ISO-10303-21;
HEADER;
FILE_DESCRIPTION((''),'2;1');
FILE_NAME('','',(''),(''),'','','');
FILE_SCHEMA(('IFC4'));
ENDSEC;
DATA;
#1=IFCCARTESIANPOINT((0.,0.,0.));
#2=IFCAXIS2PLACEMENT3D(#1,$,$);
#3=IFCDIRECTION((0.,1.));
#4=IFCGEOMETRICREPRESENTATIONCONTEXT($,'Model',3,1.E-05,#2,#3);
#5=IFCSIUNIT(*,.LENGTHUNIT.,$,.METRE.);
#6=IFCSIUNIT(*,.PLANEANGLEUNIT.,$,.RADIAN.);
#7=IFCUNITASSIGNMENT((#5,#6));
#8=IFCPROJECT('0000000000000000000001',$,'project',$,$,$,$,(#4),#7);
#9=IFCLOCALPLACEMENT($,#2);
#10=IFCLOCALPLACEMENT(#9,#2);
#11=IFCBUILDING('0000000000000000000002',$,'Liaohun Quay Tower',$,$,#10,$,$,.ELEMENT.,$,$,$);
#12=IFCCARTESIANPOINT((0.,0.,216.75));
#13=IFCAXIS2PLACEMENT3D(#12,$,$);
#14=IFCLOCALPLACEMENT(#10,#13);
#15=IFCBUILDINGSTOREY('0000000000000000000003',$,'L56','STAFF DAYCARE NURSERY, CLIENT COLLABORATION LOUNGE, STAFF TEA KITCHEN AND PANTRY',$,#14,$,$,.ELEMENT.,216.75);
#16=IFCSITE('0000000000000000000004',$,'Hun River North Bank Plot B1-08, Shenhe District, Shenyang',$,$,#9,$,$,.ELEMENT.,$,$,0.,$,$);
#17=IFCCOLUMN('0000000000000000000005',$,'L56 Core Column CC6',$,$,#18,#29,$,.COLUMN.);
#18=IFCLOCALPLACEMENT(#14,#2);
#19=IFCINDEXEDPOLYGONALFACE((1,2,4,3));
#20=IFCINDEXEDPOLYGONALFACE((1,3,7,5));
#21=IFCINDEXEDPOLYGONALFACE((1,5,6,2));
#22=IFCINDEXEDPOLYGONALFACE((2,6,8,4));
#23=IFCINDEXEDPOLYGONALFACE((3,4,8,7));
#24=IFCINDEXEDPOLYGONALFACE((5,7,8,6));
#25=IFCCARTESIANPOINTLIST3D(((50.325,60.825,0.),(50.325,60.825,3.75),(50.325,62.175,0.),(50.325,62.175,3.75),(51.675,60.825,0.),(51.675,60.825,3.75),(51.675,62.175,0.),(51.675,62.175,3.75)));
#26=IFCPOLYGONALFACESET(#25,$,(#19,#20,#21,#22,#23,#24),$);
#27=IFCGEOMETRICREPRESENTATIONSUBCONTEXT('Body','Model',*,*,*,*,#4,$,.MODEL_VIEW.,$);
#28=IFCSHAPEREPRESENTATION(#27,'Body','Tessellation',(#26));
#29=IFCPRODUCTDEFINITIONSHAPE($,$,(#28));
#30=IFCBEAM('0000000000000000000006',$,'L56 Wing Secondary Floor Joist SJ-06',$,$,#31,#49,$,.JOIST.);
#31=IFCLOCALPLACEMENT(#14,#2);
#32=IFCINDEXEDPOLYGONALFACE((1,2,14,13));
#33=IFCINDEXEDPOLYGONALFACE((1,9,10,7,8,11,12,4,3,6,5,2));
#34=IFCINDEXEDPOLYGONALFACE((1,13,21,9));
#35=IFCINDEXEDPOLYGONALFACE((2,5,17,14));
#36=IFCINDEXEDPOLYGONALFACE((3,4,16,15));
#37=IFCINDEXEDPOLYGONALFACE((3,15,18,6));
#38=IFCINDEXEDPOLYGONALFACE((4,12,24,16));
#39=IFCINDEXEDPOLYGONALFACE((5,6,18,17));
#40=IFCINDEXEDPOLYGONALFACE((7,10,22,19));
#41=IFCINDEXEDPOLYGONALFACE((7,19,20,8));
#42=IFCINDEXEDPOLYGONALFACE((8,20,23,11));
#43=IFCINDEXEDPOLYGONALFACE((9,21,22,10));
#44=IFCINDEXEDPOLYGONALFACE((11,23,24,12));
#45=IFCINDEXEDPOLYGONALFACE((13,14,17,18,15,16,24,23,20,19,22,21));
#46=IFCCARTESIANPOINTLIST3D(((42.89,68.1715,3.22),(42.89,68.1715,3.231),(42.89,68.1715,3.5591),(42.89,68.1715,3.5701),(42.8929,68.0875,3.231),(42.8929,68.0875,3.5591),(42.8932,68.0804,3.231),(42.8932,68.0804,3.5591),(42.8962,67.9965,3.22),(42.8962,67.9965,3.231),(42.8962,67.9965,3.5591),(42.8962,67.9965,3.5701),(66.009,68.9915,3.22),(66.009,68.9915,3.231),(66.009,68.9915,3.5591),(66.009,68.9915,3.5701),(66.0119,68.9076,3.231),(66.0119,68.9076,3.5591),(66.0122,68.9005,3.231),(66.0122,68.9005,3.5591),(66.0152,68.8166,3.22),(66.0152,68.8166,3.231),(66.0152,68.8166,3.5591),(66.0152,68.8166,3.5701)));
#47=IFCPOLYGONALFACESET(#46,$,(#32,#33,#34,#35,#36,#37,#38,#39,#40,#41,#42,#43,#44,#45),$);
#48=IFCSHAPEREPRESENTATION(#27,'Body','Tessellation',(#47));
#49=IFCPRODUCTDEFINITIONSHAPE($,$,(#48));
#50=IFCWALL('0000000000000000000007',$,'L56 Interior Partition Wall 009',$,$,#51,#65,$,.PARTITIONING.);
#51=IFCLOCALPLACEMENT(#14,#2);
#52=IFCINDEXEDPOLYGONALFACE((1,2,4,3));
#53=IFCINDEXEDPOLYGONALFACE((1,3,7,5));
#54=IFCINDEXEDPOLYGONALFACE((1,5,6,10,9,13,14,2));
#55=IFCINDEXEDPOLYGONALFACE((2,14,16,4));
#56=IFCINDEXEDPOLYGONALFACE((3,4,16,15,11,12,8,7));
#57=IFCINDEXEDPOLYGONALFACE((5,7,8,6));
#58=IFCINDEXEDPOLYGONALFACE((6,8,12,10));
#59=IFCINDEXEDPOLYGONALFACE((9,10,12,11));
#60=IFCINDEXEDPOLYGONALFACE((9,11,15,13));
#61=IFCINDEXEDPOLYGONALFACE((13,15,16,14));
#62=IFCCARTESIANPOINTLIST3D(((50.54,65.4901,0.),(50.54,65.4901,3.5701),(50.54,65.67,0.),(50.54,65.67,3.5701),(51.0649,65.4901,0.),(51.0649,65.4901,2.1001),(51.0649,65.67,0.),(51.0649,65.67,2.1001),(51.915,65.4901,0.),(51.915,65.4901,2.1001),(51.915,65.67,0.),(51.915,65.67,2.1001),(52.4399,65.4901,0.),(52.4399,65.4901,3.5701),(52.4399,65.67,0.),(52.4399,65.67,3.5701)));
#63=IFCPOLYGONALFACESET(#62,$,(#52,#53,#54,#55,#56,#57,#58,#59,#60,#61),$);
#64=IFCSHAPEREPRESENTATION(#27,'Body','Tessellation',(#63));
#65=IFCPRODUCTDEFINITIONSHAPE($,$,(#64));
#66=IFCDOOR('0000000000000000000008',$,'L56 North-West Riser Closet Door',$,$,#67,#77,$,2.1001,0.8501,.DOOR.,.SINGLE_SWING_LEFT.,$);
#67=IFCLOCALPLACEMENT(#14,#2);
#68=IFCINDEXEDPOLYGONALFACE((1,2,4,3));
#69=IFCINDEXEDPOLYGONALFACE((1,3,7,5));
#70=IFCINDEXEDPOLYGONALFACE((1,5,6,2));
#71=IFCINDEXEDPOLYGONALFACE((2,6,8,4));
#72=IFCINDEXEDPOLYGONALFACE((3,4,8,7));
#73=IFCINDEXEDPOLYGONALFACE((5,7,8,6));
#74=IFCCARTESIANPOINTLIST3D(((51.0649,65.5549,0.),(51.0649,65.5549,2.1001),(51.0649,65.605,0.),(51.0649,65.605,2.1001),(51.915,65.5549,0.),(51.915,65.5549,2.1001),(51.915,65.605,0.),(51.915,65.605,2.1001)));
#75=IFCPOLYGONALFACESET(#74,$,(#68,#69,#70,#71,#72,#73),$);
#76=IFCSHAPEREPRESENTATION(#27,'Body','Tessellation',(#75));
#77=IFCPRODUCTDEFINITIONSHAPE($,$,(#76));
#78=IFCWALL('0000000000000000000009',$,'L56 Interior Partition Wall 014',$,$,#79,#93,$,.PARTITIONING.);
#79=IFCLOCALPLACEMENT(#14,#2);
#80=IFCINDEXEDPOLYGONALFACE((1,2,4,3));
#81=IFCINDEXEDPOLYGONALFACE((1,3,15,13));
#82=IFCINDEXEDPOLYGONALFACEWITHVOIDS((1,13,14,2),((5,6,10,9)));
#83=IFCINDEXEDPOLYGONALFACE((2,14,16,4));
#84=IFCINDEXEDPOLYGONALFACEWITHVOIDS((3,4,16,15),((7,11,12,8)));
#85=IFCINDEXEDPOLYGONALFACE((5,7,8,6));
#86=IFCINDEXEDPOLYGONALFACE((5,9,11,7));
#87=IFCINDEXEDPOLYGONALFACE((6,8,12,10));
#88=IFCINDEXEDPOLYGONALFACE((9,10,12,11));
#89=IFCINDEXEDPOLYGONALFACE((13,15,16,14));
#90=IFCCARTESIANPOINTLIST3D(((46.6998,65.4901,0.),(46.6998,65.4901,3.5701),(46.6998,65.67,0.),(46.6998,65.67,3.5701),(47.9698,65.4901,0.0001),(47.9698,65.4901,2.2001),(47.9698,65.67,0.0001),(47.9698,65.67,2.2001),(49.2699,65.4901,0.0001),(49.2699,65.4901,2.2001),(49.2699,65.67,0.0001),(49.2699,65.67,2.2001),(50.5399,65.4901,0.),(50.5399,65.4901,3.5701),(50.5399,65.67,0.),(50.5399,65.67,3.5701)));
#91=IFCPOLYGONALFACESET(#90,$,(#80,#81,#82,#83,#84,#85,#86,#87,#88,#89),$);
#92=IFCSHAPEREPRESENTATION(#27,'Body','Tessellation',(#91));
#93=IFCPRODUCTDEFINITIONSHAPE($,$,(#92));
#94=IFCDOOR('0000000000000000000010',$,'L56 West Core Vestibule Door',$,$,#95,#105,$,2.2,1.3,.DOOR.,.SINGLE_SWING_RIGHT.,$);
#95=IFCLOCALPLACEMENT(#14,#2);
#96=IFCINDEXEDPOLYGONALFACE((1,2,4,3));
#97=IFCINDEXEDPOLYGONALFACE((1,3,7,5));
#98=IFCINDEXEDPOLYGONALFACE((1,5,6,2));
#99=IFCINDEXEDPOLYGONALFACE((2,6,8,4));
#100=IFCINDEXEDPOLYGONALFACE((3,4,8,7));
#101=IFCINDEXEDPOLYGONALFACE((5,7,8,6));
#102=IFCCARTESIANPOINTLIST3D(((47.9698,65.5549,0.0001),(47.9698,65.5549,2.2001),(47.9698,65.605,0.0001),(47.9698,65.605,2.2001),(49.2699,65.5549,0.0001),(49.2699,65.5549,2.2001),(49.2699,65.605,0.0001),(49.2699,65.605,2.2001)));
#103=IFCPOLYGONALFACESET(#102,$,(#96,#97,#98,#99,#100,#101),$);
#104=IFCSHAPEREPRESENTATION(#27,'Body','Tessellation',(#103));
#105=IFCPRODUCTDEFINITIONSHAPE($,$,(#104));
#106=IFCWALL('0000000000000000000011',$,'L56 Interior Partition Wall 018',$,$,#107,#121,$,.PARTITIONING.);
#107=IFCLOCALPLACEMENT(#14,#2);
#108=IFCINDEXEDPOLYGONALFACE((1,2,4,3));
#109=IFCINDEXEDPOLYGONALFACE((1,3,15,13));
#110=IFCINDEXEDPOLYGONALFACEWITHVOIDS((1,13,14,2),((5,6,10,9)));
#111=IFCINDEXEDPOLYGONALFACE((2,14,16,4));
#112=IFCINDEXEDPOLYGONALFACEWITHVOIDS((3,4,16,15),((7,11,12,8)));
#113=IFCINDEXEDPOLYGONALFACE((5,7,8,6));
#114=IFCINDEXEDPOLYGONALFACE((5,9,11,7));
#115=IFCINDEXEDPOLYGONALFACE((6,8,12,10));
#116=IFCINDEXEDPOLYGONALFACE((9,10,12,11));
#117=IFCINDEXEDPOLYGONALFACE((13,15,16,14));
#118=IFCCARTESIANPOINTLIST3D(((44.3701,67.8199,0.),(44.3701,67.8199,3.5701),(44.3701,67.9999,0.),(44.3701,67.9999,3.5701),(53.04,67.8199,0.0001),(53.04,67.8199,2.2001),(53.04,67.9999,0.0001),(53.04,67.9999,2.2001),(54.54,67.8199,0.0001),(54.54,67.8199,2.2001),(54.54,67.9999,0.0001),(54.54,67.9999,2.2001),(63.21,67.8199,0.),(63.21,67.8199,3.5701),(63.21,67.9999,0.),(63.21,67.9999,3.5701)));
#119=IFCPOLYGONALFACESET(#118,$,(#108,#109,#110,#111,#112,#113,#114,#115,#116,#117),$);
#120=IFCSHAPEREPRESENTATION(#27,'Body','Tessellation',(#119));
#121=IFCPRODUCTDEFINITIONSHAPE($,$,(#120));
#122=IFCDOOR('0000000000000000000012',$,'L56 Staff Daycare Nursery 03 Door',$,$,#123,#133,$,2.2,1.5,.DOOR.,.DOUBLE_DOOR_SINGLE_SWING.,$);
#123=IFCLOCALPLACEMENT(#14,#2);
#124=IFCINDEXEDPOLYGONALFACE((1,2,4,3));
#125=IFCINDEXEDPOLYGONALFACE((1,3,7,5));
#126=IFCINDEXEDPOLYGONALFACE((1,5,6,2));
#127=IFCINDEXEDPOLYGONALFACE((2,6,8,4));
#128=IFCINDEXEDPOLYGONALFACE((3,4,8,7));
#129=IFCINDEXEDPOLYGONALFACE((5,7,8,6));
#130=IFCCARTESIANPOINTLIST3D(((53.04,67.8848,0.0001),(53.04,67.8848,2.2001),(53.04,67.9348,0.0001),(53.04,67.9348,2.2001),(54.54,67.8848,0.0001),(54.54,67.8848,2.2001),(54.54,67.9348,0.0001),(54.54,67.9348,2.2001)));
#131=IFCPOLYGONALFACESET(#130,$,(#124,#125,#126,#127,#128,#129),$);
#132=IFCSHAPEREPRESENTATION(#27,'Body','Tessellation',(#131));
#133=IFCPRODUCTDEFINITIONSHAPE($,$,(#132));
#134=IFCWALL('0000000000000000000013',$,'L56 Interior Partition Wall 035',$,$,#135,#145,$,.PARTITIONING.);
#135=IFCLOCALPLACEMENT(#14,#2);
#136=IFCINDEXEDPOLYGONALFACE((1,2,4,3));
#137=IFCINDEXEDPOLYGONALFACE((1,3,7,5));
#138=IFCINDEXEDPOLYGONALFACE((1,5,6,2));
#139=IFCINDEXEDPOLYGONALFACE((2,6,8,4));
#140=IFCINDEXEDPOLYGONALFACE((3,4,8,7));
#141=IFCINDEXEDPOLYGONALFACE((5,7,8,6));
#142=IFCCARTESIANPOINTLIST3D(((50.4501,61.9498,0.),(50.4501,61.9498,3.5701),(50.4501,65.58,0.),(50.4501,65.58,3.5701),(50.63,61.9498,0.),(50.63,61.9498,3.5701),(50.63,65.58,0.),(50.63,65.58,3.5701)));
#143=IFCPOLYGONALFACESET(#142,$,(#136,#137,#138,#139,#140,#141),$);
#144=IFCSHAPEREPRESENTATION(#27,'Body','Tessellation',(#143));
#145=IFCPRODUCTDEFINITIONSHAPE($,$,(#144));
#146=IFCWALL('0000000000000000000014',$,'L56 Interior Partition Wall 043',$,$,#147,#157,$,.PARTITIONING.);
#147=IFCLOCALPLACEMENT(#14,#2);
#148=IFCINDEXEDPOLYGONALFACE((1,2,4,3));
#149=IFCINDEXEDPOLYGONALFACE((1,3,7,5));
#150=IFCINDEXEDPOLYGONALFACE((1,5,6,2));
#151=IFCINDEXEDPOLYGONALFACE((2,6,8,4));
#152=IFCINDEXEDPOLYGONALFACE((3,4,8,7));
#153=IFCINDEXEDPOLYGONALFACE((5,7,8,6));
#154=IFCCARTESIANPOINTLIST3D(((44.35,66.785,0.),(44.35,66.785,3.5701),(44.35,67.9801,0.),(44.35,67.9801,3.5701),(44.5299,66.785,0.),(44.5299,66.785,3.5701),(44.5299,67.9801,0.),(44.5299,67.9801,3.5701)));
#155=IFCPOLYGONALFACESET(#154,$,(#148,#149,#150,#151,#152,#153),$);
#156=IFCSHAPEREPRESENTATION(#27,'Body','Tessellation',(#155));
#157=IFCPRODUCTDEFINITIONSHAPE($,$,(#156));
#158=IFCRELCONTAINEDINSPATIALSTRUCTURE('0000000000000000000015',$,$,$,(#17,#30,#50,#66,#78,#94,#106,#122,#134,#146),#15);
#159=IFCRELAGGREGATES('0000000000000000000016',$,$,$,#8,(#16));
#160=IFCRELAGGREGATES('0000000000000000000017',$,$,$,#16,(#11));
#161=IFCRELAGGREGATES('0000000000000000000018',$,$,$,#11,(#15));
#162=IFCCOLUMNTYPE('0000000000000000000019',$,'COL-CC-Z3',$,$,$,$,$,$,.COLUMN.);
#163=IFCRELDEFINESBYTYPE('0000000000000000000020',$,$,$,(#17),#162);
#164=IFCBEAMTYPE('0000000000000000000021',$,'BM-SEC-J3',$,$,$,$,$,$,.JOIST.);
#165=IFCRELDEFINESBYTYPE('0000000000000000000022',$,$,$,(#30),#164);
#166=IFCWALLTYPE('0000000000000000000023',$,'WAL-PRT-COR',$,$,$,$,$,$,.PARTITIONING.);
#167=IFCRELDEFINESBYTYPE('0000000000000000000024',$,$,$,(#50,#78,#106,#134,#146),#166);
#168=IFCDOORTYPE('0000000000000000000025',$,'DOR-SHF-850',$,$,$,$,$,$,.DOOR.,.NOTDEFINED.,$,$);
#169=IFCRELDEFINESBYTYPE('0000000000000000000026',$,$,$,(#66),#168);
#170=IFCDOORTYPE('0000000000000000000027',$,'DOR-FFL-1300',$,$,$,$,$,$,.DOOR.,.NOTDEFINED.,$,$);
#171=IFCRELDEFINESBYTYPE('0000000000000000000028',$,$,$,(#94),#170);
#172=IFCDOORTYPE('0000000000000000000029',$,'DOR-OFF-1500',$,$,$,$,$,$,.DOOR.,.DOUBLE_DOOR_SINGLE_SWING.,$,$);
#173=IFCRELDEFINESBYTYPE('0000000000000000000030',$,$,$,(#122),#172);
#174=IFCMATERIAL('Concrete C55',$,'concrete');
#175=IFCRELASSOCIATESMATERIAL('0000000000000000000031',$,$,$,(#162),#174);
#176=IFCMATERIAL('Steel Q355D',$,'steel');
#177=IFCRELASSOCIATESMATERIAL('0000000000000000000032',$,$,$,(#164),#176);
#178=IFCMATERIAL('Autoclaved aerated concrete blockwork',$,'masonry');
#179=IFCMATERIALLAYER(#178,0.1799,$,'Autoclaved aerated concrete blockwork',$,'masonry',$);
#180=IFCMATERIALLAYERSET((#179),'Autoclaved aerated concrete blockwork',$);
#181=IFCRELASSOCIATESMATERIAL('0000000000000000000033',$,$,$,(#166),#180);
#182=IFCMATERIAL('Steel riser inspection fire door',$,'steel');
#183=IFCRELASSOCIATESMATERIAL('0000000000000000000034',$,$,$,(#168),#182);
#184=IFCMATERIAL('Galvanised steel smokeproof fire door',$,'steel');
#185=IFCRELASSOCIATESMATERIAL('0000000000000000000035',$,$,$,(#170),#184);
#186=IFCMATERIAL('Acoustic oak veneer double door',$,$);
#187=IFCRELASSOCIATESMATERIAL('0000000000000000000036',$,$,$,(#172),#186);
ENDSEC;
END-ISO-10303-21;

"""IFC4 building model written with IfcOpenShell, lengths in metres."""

from ifc_helpers import new_model, si_unit, direction, frame, frame_2d, origin, origin_2d, place, context, subcontext, project, spatial, rectangle, i_section, extrude, source, transform, mapped, material, layer, layer_set, material_profile, profile_set, type_object, element, fill, save


model = new_model("IFC4")

# Units and contexts
model_context = context("Model", 3, precision=1e-05, world=origin(), true_north=direction((0.0, 1.0)))
body_context = subcontext(model_context, "Body", "Model", "MODEL_VIEW")
ifc_project = project(units=[si_unit("LENGTHUNIT", "METRE"), si_unit("PLANEANGLEUNIT", "RADIAN")], contexts=[model_context])

# Site, building, storey
site_placement = place(None, origin())
site = spatial("IfcSite", under=ifc_project, at=site_placement, Name="Hun River North Bank Plot B1-08, Shenhe District, Shenyang", CompositionType="ELEMENT", RefElevation=0.0)
building_placement = place(site_placement, origin())
building = spatial("IfcBuilding", under=site, at=building_placement, Name="Liaohun Quay Tower", CompositionType="ELEMENT")
storey_placement = place(building_placement, frame((0.0, 0.0, 216.75)))
storey = spatial("IfcBuildingStorey", under=building, at=storey_placement, Name="L56", Description="STAFF DAYCARE NURSERY, CLIENT COLLABORATION LOUNGE, STAFF TEA KITCHEN AND PANTRY", CompositionType="ELEMENT", Elevation=216.75)

# Column
ifc_material_1 = material(Name="Concrete C55", Category="concrete")
ifc_material_profile_1 = material_profile(ifc_material_1, rectangle(XDim=1.3501, YDim=1.3501, at=origin_2d()), Name="RC1350x1350")
ifc_profile_set_1 = profile_set([ifc_material_profile_1], Name="Concrete C55")
column_type = type_object("IfcColumnType", Name="COL-CC-Z3", PredefinedType="COLUMN", material=ifc_profile_set_1)
shared_shape_1 = source(origin(), body_context, "Body", "SweptSolid", [
    extrude(rectangle(XDim=1.3501, YDim=1.3501, at=origin_2d()), origin(), (0.0, 0.0, 1.0), 3.75),
])
column_placement = place(storey_placement, frame((51.0, 61.5, 0.0), z_axis=(0.0, 0.0, 1.0), x_axis=(1.0, 0.0, 0.0)))
element("IfcColumn", 1, at=column_placement, inside=storey, type_object=column_type, Name="L56 Core Column CC6", PredefinedType="COLUMN", context=body_context, shape_type="MappedRepresentation", body=[
    mapped(shared_shape_1, transform((0.0, 0.0, 0.0), x_axis=(1.0, 0.0, 0.0), y_axis=(0.0, 1.0, 0.0), z_axis=(0.0, 0.0, 1.0), scale=1.0)),
])

# Beam
ifc_material_2 = material(Name="Steel Q355D", Category="steel")
ifc_material_profile_2 = material_profile(ifc_material_2, i_section(OverallWidth=0.175, OverallDepth=0.3501, WebThickness=0.0071, FlangeThickness=0.011, at=origin_2d()), Name="HN350x175x7x11")
ifc_profile_set_2 = profile_set([ifc_material_profile_2], Name="Steel Q355D")
beam_type = type_object("IfcBeamType", Name="BM-SEC-J3", PredefinedType="JOIST", material=ifc_profile_set_2)
shared_shape_2 = source(origin(), body_context, "Body", "SweptSolid", [
    extrude(i_section(OverallWidth=0.175, OverallDepth=0.3501, WebThickness=0.0071, FlangeThickness=0.011, at=origin_2d()), origin(), (0.0, 0.0, 1.0), 23.1335),
])
beam_placement = place(storey_placement, frame((42.8931, 68.084, 3.395), z_axis=(0.999371, 0.035449, 0.0), x_axis=(-0.035449, 0.999371, 0.0)))
element("IfcBeam", 2, at=beam_placement, inside=storey, type_object=beam_type, Name="L56 Wing Secondary Floor Joist SJ-06", PredefinedType="JOIST", context=body_context, shape_type="MappedRepresentation", body=[
    mapped(shared_shape_2, transform((0.0, 0.0, 0.0), x_axis=(1.0, 0.0, 0.0), y_axis=(0.0, 1.0, 0.0), z_axis=(0.0, 0.0, 1.0), scale=1.0)),
])

# Walls, openings, doors
ifc_material_3 = material(Name="Autoclaved aerated concrete blockwork", Category="masonry")
ifc_layer_1 = layer(ifc_material_3, 0.1799, Name="Autoclaved aerated concrete blockwork", Category="masonry")
ifc_layer_set_1 = layer_set([ifc_layer_1], Name="Autoclaved aerated concrete blockwork")
wall_type_1 = type_object("IfcWallType", Name="WAL-PRT-COR", PredefinedType="PARTITIONING", material=ifc_layer_set_1)
wall_1_placement = place(storey_placement, frame((50.54, 65.5801, 0.0), z_axis=(0.0, 0.0, 1.0), x_axis=(1.0, 0.0, 0.0)))
wall_1 = element("IfcWall", 3, at=wall_1_placement, inside=storey, type_object=wall_type_1, Name="L56 Interior Partition Wall 009", PredefinedType="PARTITIONING", context=body_context, shape_type="SweptSolid", body=[
    extrude(rectangle(XDim=1.8999, YDim=0.1799, at=frame_2d((0.95, 0.0))), origin(), (0.0, 0.0, 1.0), 3.5701),
])
shared_shape_3 = source(origin(), body_context, "Body", "SweptSolid", [
    extrude(rectangle(XDim=0.8501, YDim=2.1001, at=frame_2d((0.425, 1.05))), frame((0.0, 0.0999, 0.0), z_axis=(0.0, -1.0, 0.0), x_axis=(1.0, 0.0, 0.0)), (0.0, 0.0, 1.0), 0.2),
])
opening_1_placement = place(wall_1_placement, frame((0.5249, 0.0, 0.0)))
opening_1 = element("IfcOpeningElement", 4, at=opening_1_placement, cuts=wall_1, PredefinedType="OPENING", context=body_context, shape_type="MappedRepresentation", body=[
    mapped(shared_shape_3, transform((0.0, 0.0, 0.0), x_axis=(1.0, 0.0, 0.0), y_axis=(0.0, 1.0, 0.0), z_axis=(0.0, 0.0, 1.0), scale=1.0)),
])
ifc_material_4 = material(Name="Steel riser inspection fire door", Category="steel")
door_type_1 = type_object("IfcDoorType", Name="DOR-SHF-850", OperationType="NOTDEFINED", PredefinedType="DOOR", material=ifc_material_4)
shared_shape_4 = source(origin(), body_context, "Body", "SweptSolid", [
    extrude(rectangle(XDim=0.8501, YDim=2.1001, at=frame_2d((0.425, 1.05))), frame((0.0, 0.0249, 0.0), z_axis=(0.0, -1.0, 0.0), x_axis=(1.0, 0.0, 0.0)), (0.0, 0.0, 1.0), 0.05),
])
door_1_placement = place(opening_1_placement, origin())
door_1 = element("IfcDoor", 5, at=door_1_placement, inside=storey, type_object=door_type_1, Name="L56 North-West Riser Closet Door", OperationType="SINGLE_SWING_LEFT", OverallHeight=2.1001, OverallWidth=0.8501, PredefinedType="DOOR", context=body_context, shape_type="MappedRepresentation", body=[
    mapped(shared_shape_4, transform((0.0, 0.0, 0.0), x_axis=(1.0, 0.0, 0.0), y_axis=(0.0, 1.0, 0.0), z_axis=(0.0, 0.0, 1.0), scale=1.0)),
])
fill(opening_1, door_1)
wall_2_placement = place(storey_placement, frame((46.7, 65.5801, 0.0), z_axis=(0.0, 0.0, 1.0), x_axis=(1.0, 0.0, 0.0)))
wall_2 = element("IfcWall", 6, at=wall_2_placement, inside=storey, type_object=wall_type_1, Name="L56 Interior Partition Wall 014", PredefinedType="PARTITIONING", context=body_context, shape_type="SweptSolid", body=[
    extrude(rectangle(XDim=3.8401, YDim=0.1799, at=frame_2d((1.9199, 0.0))), origin(), (0.0, 0.0, 1.0), 3.5701),
])
shared_shape_5 = source(origin(), body_context, "Body", "SweptSolid", [
    extrude(rectangle(XDim=1.3, YDim=2.2, at=frame_2d((0.6499, 1.1001))), frame((0.0, 0.0999, 0.0), z_axis=(0.0, -1.0, 0.0), x_axis=(1.0, 0.0, 0.0)), (0.0, 0.0, 1.0), 0.2),
])
opening_2_placement = place(wall_2_placement, frame((1.27, 0.0, 0.0)))
opening_2 = element("IfcOpeningElement", 7, at=opening_2_placement, cuts=wall_2, PredefinedType="OPENING", context=body_context, shape_type="MappedRepresentation", body=[
    mapped(shared_shape_5, transform((0.0, 0.0, 0.0), x_axis=(1.0, 0.0, 0.0), y_axis=(0.0, 1.0, 0.0), z_axis=(0.0, 0.0, 1.0), scale=1.0)),
])
ifc_material_5 = material(Name="Galvanised steel smokeproof fire door", Category="steel")
door_type_2 = type_object("IfcDoorType", Name="DOR-FFL-1300", OperationType="NOTDEFINED", PredefinedType="DOOR", material=ifc_material_5)
shared_shape_6 = source(origin(), body_context, "Body", "SweptSolid", [
    extrude(rectangle(XDim=1.3, YDim=2.2, at=frame_2d((0.6499, 1.1001))), frame((0.0, 0.0249, 0.0), z_axis=(0.0, -1.0, 0.0), x_axis=(1.0, 0.0, 0.0)), (0.0, 0.0, 1.0), 0.05),
])
door_2_placement = place(opening_2_placement, origin())
door_2 = element("IfcDoor", 8, at=door_2_placement, inside=storey, type_object=door_type_2, Name="L56 West Core Vestibule Door", OperationType="SINGLE_SWING_RIGHT", OverallHeight=2.2, OverallWidth=1.3, PredefinedType="DOOR", context=body_context, shape_type="MappedRepresentation", body=[
    mapped(shared_shape_6, transform((0.0, 0.0, 0.0), x_axis=(1.0, 0.0, 0.0), y_axis=(0.0, 1.0, 0.0), z_axis=(0.0, 0.0, 1.0), scale=1.0)),
])
fill(opening_2, door_2)
wall_3_placement = place(storey_placement, frame((44.3701, 67.9099, 0.0), z_axis=(0.0, 0.0, 1.0), x_axis=(1.0, 0.0, 0.0)))
wall_3 = element("IfcWall", 9, at=wall_3_placement, inside=storey, type_object=wall_type_1, Name="L56 Interior Partition Wall 018", PredefinedType="PARTITIONING", context=body_context, shape_type="SweptSolid", body=[
    extrude(rectangle(XDim=18.8398, YDim=0.1799, at=frame_2d((9.4199, 0.0))), origin(), (0.0, 0.0, 1.0), 3.5701),
])
shared_shape_7 = source(origin(), body_context, "Body", "SweptSolid", [
    extrude(rectangle(XDim=1.5, YDim=2.2, at=frame_2d((0.75, 1.1001))), frame((0.0, 0.0999, 0.0), z_axis=(0.0, -1.0, 0.0), x_axis=(1.0, 0.0, 0.0)), (0.0, 0.0, 1.0), 0.2),
])
opening_3_placement = place(wall_3_placement, frame((8.6699, 0.0, 0.0)))
opening_3 = element("IfcOpeningElement", 10, at=opening_3_placement, cuts=wall_3, PredefinedType="OPENING", context=body_context, shape_type="MappedRepresentation", body=[
    mapped(shared_shape_7, transform((0.0, 0.0, 0.0), x_axis=(1.0, 0.0, 0.0), y_axis=(0.0, 1.0, 0.0), z_axis=(0.0, 0.0, 1.0), scale=1.0)),
])
ifc_material_6 = material(Name="Acoustic oak veneer double door")
door_type_3 = type_object("IfcDoorType", Name="DOR-OFF-1500", OperationType="DOUBLE_DOOR_SINGLE_SWING", PredefinedType="DOOR", material=ifc_material_6)
shared_shape_8 = source(origin(), body_context, "Body", "SweptSolid", [
    extrude(rectangle(XDim=1.5, YDim=2.2, at=frame_2d((0.75, 1.1001))), frame((0.0, 0.0249, 0.0), z_axis=(0.0, -1.0, 0.0), x_axis=(1.0, 0.0, 0.0)), (0.0, 0.0, 1.0), 0.05),
])
door_3_placement = place(opening_3_placement, origin())
door_3 = element("IfcDoor", 11, at=door_3_placement, inside=storey, type_object=door_type_3, Name="L56 Staff Daycare Nursery 03 Door", OperationType="DOUBLE_DOOR_SINGLE_SWING", OverallHeight=2.2, OverallWidth=1.5, PredefinedType="DOOR", context=body_context, shape_type="MappedRepresentation", body=[
    mapped(shared_shape_8, transform((0.0, 0.0, 0.0), x_axis=(1.0, 0.0, 0.0), y_axis=(0.0, 1.0, 0.0), z_axis=(0.0, 0.0, 1.0), scale=1.0)),
])
fill(opening_3, door_3)

# Walls
wall_4_placement = place(storey_placement, frame((50.54, 61.95, 0.0), z_axis=(0.0, 0.0, 1.0), x_axis=(0.0, 1.0, 0.0)))
element("IfcWall", 12, at=wall_4_placement, inside=storey, type_object=wall_type_1, Name="L56 Interior Partition Wall 035", PredefinedType="PARTITIONING", context=body_context, shape_type="SweptSolid", body=[
    extrude(rectangle(XDim=3.6301, YDim=0.1799, at=frame_2d((1.8149, 0.0))), origin(), (0.0, 0.0, 1.0), 3.5701),
])
wall_5_placement = place(storey_placement, frame((44.4399, 66.7849, 0.0), z_axis=(0.0, 0.0, 1.0), x_axis=(0.0, 1.0, 0.0)))
element("IfcWall", 13, at=wall_5_placement, inside=storey, type_object=wall_type_1, Name="L56 Interior Partition Wall 043", PredefinedType="PARTITIONING", context=body_context, shape_type="SweptSolid", body=[
    extrude(rectangle(XDim=1.1951, YDim=0.1799, at=frame_2d((0.5977, 0.0))), origin(), (0.0, 0.0, 1.0), 3.5701),
])

save(model, "model.ifc")
